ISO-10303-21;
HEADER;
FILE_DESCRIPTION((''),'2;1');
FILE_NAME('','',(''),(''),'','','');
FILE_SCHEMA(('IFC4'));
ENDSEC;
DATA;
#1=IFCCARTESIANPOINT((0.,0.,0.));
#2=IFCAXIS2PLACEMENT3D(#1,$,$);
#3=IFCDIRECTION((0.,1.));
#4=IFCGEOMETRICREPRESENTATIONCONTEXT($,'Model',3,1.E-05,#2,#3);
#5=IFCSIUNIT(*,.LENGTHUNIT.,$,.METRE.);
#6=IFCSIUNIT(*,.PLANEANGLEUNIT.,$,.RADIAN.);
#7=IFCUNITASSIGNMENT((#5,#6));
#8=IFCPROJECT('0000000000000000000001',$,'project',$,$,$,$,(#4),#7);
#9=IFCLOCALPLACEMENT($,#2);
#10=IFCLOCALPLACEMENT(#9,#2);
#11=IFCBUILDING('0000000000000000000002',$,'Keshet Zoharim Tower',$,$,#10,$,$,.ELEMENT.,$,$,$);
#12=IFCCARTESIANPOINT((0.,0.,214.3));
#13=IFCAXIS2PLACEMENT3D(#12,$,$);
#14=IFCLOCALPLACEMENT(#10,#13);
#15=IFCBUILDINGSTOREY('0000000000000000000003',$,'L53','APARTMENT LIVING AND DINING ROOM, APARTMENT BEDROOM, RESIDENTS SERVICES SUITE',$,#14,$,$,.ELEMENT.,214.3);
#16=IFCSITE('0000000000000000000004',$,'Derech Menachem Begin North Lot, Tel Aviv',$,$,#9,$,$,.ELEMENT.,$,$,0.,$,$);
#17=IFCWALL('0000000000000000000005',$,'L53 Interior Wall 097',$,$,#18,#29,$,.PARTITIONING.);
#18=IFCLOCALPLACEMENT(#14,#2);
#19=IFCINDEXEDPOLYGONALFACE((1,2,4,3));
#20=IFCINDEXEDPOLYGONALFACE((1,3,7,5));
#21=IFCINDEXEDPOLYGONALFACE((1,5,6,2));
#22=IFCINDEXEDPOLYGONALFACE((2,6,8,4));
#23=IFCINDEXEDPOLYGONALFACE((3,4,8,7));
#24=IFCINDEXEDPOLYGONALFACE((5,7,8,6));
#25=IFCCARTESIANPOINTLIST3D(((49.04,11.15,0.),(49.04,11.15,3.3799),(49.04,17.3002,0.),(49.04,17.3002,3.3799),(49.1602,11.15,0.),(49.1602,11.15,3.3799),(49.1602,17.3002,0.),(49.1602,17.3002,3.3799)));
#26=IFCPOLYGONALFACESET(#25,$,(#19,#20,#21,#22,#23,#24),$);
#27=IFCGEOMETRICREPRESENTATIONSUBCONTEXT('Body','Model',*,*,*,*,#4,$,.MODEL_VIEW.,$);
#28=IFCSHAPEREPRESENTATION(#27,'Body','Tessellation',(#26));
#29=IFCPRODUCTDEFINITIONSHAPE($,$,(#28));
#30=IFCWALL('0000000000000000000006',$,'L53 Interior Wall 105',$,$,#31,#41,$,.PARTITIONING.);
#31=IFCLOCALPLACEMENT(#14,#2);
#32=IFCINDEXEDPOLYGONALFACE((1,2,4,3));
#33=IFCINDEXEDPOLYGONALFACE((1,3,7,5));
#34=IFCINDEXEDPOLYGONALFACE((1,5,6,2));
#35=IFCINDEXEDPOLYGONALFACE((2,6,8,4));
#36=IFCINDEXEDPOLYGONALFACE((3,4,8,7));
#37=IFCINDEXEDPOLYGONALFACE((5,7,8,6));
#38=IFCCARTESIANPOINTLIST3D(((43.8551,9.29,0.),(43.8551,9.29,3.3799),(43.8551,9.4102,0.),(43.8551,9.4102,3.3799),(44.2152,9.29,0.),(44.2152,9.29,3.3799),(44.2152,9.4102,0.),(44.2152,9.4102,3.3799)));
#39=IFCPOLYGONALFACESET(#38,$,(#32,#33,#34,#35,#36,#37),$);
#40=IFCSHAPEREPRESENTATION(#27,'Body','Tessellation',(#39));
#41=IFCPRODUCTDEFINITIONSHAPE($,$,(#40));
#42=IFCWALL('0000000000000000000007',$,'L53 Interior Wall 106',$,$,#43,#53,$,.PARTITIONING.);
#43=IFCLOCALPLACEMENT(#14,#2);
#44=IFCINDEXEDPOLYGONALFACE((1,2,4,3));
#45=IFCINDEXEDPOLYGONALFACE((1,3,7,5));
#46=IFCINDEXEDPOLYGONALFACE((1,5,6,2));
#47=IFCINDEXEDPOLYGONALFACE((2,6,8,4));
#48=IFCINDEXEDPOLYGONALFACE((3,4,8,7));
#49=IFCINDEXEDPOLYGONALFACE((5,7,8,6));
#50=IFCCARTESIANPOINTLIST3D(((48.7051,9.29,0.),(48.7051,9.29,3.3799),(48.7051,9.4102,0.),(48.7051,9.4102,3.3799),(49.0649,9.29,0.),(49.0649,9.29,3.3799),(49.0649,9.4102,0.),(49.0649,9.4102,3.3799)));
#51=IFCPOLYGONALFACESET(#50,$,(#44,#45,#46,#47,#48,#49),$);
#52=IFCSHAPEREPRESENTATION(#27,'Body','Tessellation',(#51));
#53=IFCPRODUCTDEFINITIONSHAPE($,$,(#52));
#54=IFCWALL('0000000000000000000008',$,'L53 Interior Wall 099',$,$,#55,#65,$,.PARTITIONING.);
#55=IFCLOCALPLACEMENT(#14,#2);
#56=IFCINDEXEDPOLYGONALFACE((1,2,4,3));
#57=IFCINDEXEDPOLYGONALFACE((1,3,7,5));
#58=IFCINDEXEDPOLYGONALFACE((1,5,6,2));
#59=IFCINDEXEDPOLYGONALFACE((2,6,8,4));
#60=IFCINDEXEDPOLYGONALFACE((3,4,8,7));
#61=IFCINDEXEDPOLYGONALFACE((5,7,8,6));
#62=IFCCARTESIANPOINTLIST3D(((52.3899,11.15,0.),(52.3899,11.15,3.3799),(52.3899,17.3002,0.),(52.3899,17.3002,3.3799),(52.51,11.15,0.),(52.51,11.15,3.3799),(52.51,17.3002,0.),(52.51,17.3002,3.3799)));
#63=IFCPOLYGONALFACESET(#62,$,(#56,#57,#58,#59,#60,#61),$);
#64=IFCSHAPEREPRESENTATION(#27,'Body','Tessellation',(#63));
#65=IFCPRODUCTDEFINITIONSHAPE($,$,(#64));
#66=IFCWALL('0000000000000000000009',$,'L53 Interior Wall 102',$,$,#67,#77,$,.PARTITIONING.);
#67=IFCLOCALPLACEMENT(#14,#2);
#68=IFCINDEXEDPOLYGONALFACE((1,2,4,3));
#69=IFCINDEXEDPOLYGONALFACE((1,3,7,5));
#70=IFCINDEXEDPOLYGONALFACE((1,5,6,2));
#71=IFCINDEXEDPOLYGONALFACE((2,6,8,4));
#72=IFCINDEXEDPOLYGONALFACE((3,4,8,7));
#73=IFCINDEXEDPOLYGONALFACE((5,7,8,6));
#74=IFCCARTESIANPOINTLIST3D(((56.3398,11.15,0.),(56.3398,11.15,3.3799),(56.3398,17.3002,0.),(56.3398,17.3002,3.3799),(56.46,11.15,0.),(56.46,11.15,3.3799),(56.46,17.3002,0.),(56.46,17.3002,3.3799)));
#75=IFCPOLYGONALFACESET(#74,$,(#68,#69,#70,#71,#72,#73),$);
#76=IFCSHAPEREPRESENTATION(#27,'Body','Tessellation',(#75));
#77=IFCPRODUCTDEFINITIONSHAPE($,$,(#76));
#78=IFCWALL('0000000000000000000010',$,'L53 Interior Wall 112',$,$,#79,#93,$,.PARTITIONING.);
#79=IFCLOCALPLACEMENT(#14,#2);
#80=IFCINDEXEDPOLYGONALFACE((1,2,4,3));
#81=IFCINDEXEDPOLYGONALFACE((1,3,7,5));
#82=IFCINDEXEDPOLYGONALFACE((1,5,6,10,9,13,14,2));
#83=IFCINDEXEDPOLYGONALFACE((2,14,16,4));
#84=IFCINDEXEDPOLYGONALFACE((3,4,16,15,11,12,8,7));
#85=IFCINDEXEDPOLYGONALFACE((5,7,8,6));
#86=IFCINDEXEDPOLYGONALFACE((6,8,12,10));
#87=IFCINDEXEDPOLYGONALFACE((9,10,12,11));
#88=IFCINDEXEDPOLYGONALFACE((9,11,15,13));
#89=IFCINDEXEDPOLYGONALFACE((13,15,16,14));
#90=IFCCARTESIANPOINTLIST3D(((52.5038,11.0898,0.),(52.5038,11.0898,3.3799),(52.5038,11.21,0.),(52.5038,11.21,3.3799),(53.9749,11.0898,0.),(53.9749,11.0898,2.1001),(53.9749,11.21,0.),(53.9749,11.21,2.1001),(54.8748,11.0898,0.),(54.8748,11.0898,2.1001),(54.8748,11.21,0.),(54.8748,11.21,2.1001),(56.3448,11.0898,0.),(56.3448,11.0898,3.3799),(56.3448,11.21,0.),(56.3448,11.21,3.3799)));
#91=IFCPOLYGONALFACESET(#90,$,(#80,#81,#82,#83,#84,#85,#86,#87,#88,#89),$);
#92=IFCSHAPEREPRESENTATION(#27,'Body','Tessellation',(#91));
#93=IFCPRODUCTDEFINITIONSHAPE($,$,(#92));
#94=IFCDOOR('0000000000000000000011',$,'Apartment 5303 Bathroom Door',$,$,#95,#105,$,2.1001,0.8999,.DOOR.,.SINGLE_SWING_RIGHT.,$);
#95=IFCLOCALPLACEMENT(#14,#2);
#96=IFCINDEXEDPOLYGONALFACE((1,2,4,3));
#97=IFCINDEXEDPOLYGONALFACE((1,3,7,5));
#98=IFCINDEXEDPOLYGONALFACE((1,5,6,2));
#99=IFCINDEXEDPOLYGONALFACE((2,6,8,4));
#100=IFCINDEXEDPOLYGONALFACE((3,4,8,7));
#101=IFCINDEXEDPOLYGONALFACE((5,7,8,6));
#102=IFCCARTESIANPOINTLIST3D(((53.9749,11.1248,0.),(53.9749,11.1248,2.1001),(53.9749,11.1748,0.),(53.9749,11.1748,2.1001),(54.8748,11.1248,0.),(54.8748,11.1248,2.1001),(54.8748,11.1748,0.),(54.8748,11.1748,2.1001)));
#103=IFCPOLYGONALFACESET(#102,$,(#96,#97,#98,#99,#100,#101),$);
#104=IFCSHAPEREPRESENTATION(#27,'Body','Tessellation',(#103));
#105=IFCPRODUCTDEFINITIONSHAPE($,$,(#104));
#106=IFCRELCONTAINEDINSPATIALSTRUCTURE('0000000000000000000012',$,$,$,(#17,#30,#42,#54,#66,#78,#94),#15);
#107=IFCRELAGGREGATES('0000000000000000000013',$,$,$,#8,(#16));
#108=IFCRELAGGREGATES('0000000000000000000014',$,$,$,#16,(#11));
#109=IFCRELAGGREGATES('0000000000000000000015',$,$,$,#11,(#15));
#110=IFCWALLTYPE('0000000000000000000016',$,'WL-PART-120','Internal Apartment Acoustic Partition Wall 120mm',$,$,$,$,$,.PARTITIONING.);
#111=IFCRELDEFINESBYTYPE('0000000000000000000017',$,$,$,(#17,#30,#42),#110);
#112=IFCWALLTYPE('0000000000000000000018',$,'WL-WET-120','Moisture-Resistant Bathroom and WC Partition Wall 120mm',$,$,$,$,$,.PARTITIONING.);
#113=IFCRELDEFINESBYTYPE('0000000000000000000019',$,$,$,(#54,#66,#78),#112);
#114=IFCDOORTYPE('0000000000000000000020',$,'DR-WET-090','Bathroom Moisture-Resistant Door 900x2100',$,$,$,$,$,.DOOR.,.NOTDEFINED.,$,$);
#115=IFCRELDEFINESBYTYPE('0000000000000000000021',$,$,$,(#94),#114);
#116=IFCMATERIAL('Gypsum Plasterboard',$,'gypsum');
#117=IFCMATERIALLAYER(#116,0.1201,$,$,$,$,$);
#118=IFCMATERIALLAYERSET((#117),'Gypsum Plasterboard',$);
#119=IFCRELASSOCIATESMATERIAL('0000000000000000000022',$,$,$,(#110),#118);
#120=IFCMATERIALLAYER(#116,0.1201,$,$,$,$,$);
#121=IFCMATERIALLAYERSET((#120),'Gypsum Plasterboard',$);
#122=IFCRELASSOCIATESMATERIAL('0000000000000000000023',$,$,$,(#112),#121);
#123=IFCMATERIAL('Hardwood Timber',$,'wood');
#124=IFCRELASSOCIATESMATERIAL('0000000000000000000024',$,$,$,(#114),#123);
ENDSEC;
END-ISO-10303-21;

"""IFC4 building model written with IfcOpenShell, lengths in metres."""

from ifc_helpers import new_model, si_unit, direction, frame, frame_2d, origin, place, context, subcontext, project, spatial, rectangle, extrude, material, layer, layer_set, type_object, element, fill, save


model = new_model("IFC4")

# Units and contexts
model_context = context("Model", 3, precision=1e-05, world=origin(), true_north=direction((0.0, 1.0)))
body_context = subcontext(model_context, "Body", "Model", "MODEL_VIEW")
ifc_project = project(units=[si_unit("LENGTHUNIT", "METRE"), si_unit("PLANEANGLEUNIT", "RADIAN")], contexts=[model_context])

# Site, building, storey
site_placement = place(None, origin())
site = spatial("IfcSite", under=ifc_project, at=site_placement, Name="Derech Menachem Begin North Lot, Tel Aviv", CompositionType="ELEMENT", RefElevation=0.0)
building_placement = place(site_placement, origin())
building = spatial("IfcBuilding", under=site, at=building_placement, Name="Keshet Zoharim Tower", CompositionType="ELEMENT")
storey_placement = place(building_placement, frame((0.0, 0.0, 214.3)))
storey = spatial("IfcBuildingStorey", under=building, at=storey_placement, Name="L53", Description="APARTMENT LIVING AND DINING ROOM, APARTMENT BEDROOM, RESIDENTS SERVICES SUITE", CompositionType="ELEMENT", Elevation=214.3)

# Walls
ifc_material_1 = material(Name="Gypsum Plasterboard", Category="gypsum")
ifc_layer_1 = layer(ifc_material_1, 0.1201)
ifc_layer_set_1 = layer_set([ifc_layer_1], Name="Gypsum Plasterboard")
wall_type_1 = type_object("IfcWallType", Name="WL-PART-120", Description="Internal Apartment Acoustic Partition Wall 120mm", PredefinedType="PARTITIONING", material=ifc_layer_set_1)
wall_1_placement = place(storey_placement, frame((49.1001, 11.1499, 0.0), z_axis=(0.0, 0.0, 1.0), x_axis=(0.0, 1.0, 0.0)))
element("IfcWall", 1, at=wall_1_placement, inside=storey, type_object=wall_type_1, Name="L53 Interior Wall 097", PredefinedType="PARTITIONING", context=body_context, shape_type="SweptSolid", body=[
    extrude(rectangle(XDim=6.1501, YDim=0.1201, at=frame_2d((3.0752, 0.0))), origin(), (0.0, 0.0, 1.0), 3.3799),
])
wall_2_placement = place(storey_placement, frame((43.855, 9.3501, 0.0), z_axis=(0.0, 0.0, 1.0), x_axis=(1.0, 0.0, 0.0)))
element("IfcWall", 2, at=wall_2_placement, inside=storey, type_object=wall_type_1, Name="L53 Interior Wall 105", PredefinedType="PARTITIONING", context=body_context, shape_type="SweptSolid", body=[
    extrude(rectangle(XDim=0.3601, YDim=0.1201, at=frame_2d((0.1802, 0.0))), origin(), (0.0, 0.0, 1.0), 3.3799),
])
wall_3_placement = place(storey_placement, frame((48.7051, 9.3501, 0.0), z_axis=(0.0, 0.0, 1.0), x_axis=(1.0, 0.0, 0.0)))
element("IfcWall", 3, at=wall_3_placement, inside=storey, type_object=wall_type_1, Name="L53 Interior Wall 106", PredefinedType="PARTITIONING", context=body_context, shape_type="SweptSolid", body=[
    extrude(rectangle(XDim=0.3599, YDim=0.1201, at=frame_2d((0.1799, 0.0))), origin(), (0.0, 0.0, 1.0), 3.3799),
])

# Shared definitions
ifc_material_2 = material(Name="Hardwood Timber", Category="wood")

# Walls
ifc_layer_2 = layer(ifc_material_1, 0.1201)
ifc_layer_set_2 = layer_set([ifc_layer_2], Name="Gypsum Plasterboard")
wall_type_2 = type_object("IfcWallType", Name="WL-WET-120", Description="Moisture-Resistant Bathroom and WC Partition Wall 120mm", PredefinedType="PARTITIONING", material=ifc_layer_set_2)
for number, where, z_axis, x_axis, name in (
    (4, (52.45, 11.1499, 0.0), (0.0, 0.0, 1.0), (0.0, 1.0, 0.0), "L53 Interior Wall 099"),
    (5, (56.3999, 11.1499, 0.0), (0.0, 0.0, 1.0), (0.0, 1.0, 0.0), "L53 Interior Wall 102"),
):
    element("IfcWall", number, at=place(storey_placement, frame(where, z_axis=z_axis, x_axis=x_axis)), inside=storey, type_object=wall_type_2, Name=name, PredefinedType="PARTITIONING", context=body_context, shape_type="SweptSolid", body=[
        extrude(rectangle(XDim=6.1501, YDim=0.1201, at=frame_2d((3.0752, 0.0))), origin(), (0.0, 0.0, 1.0), 3.3799),
    ])

# Wall, opening, door
wall_4_placement = place(storey_placement, frame((52.5039, 11.1499, 0.0), z_axis=(0.0, 0.0, 1.0), x_axis=(1.0, 0.0, 0.0)))
wall_4 = element("IfcWall", 6, at=wall_4_placement, inside=storey, type_object=wall_type_2, Name="L53 Interior Wall 112", PredefinedType="PARTITIONING", context=body_context, shape_type="SweptSolid", body=[
    extrude(rectangle(XDim=3.8411, YDim=0.1201, at=frame_2d((1.9204, 0.0))), origin(), (0.0, 0.0, 1.0), 3.3799),
])
opening_1_placement = place(wall_4_placement, frame((1.4709, 0.0, 0.0)))
opening_1 = element("IfcOpeningElement", 7, at=opening_1_placement, cuts=wall_4, PredefinedType="OPENING", context=body_context, shape_type="SweptSolid", body=[
    extrude(rectangle(XDim=0.8999, YDim=2.1001, at=frame_2d((0.45, 1.05))), frame((0.0, 0.0701, 0.0), z_axis=(0.0, -1.0, 0.0), x_axis=(1.0, 0.0, 0.0)), (0.0, 0.0, 1.0), 0.1401),
])
door_type_1 = type_object("IfcDoorType", Name="DR-WET-090", Description="Bathroom Moisture-Resistant Door 900x2100", OperationType="NOTDEFINED", PredefinedType="DOOR", material=ifc_material_2)
door_1_placement = place(opening_1_placement, origin())
door_1 = element("IfcDoor", 8, at=door_1_placement, inside=storey, type_object=door_type_1, Name="Apartment 5303 Bathroom Door", OperationType="SINGLE_SWING_RIGHT", OverallHeight=2.1001, OverallWidth=0.8999, PredefinedType="DOOR", context=body_context, shape_type="SweptSolid", body=[
    extrude(rectangle(XDim=0.8999, YDim=2.1001, at=frame_2d((0.45, 1.05))), frame((0.0, 0.0249, 0.0), z_axis=(0.0, -1.0, 0.0), x_axis=(1.0, 0.0, 0.0)), (0.0, 0.0, 1.0), 0.05),
])
fill(opening_1, door_1)

save(model, "model.ifc")
